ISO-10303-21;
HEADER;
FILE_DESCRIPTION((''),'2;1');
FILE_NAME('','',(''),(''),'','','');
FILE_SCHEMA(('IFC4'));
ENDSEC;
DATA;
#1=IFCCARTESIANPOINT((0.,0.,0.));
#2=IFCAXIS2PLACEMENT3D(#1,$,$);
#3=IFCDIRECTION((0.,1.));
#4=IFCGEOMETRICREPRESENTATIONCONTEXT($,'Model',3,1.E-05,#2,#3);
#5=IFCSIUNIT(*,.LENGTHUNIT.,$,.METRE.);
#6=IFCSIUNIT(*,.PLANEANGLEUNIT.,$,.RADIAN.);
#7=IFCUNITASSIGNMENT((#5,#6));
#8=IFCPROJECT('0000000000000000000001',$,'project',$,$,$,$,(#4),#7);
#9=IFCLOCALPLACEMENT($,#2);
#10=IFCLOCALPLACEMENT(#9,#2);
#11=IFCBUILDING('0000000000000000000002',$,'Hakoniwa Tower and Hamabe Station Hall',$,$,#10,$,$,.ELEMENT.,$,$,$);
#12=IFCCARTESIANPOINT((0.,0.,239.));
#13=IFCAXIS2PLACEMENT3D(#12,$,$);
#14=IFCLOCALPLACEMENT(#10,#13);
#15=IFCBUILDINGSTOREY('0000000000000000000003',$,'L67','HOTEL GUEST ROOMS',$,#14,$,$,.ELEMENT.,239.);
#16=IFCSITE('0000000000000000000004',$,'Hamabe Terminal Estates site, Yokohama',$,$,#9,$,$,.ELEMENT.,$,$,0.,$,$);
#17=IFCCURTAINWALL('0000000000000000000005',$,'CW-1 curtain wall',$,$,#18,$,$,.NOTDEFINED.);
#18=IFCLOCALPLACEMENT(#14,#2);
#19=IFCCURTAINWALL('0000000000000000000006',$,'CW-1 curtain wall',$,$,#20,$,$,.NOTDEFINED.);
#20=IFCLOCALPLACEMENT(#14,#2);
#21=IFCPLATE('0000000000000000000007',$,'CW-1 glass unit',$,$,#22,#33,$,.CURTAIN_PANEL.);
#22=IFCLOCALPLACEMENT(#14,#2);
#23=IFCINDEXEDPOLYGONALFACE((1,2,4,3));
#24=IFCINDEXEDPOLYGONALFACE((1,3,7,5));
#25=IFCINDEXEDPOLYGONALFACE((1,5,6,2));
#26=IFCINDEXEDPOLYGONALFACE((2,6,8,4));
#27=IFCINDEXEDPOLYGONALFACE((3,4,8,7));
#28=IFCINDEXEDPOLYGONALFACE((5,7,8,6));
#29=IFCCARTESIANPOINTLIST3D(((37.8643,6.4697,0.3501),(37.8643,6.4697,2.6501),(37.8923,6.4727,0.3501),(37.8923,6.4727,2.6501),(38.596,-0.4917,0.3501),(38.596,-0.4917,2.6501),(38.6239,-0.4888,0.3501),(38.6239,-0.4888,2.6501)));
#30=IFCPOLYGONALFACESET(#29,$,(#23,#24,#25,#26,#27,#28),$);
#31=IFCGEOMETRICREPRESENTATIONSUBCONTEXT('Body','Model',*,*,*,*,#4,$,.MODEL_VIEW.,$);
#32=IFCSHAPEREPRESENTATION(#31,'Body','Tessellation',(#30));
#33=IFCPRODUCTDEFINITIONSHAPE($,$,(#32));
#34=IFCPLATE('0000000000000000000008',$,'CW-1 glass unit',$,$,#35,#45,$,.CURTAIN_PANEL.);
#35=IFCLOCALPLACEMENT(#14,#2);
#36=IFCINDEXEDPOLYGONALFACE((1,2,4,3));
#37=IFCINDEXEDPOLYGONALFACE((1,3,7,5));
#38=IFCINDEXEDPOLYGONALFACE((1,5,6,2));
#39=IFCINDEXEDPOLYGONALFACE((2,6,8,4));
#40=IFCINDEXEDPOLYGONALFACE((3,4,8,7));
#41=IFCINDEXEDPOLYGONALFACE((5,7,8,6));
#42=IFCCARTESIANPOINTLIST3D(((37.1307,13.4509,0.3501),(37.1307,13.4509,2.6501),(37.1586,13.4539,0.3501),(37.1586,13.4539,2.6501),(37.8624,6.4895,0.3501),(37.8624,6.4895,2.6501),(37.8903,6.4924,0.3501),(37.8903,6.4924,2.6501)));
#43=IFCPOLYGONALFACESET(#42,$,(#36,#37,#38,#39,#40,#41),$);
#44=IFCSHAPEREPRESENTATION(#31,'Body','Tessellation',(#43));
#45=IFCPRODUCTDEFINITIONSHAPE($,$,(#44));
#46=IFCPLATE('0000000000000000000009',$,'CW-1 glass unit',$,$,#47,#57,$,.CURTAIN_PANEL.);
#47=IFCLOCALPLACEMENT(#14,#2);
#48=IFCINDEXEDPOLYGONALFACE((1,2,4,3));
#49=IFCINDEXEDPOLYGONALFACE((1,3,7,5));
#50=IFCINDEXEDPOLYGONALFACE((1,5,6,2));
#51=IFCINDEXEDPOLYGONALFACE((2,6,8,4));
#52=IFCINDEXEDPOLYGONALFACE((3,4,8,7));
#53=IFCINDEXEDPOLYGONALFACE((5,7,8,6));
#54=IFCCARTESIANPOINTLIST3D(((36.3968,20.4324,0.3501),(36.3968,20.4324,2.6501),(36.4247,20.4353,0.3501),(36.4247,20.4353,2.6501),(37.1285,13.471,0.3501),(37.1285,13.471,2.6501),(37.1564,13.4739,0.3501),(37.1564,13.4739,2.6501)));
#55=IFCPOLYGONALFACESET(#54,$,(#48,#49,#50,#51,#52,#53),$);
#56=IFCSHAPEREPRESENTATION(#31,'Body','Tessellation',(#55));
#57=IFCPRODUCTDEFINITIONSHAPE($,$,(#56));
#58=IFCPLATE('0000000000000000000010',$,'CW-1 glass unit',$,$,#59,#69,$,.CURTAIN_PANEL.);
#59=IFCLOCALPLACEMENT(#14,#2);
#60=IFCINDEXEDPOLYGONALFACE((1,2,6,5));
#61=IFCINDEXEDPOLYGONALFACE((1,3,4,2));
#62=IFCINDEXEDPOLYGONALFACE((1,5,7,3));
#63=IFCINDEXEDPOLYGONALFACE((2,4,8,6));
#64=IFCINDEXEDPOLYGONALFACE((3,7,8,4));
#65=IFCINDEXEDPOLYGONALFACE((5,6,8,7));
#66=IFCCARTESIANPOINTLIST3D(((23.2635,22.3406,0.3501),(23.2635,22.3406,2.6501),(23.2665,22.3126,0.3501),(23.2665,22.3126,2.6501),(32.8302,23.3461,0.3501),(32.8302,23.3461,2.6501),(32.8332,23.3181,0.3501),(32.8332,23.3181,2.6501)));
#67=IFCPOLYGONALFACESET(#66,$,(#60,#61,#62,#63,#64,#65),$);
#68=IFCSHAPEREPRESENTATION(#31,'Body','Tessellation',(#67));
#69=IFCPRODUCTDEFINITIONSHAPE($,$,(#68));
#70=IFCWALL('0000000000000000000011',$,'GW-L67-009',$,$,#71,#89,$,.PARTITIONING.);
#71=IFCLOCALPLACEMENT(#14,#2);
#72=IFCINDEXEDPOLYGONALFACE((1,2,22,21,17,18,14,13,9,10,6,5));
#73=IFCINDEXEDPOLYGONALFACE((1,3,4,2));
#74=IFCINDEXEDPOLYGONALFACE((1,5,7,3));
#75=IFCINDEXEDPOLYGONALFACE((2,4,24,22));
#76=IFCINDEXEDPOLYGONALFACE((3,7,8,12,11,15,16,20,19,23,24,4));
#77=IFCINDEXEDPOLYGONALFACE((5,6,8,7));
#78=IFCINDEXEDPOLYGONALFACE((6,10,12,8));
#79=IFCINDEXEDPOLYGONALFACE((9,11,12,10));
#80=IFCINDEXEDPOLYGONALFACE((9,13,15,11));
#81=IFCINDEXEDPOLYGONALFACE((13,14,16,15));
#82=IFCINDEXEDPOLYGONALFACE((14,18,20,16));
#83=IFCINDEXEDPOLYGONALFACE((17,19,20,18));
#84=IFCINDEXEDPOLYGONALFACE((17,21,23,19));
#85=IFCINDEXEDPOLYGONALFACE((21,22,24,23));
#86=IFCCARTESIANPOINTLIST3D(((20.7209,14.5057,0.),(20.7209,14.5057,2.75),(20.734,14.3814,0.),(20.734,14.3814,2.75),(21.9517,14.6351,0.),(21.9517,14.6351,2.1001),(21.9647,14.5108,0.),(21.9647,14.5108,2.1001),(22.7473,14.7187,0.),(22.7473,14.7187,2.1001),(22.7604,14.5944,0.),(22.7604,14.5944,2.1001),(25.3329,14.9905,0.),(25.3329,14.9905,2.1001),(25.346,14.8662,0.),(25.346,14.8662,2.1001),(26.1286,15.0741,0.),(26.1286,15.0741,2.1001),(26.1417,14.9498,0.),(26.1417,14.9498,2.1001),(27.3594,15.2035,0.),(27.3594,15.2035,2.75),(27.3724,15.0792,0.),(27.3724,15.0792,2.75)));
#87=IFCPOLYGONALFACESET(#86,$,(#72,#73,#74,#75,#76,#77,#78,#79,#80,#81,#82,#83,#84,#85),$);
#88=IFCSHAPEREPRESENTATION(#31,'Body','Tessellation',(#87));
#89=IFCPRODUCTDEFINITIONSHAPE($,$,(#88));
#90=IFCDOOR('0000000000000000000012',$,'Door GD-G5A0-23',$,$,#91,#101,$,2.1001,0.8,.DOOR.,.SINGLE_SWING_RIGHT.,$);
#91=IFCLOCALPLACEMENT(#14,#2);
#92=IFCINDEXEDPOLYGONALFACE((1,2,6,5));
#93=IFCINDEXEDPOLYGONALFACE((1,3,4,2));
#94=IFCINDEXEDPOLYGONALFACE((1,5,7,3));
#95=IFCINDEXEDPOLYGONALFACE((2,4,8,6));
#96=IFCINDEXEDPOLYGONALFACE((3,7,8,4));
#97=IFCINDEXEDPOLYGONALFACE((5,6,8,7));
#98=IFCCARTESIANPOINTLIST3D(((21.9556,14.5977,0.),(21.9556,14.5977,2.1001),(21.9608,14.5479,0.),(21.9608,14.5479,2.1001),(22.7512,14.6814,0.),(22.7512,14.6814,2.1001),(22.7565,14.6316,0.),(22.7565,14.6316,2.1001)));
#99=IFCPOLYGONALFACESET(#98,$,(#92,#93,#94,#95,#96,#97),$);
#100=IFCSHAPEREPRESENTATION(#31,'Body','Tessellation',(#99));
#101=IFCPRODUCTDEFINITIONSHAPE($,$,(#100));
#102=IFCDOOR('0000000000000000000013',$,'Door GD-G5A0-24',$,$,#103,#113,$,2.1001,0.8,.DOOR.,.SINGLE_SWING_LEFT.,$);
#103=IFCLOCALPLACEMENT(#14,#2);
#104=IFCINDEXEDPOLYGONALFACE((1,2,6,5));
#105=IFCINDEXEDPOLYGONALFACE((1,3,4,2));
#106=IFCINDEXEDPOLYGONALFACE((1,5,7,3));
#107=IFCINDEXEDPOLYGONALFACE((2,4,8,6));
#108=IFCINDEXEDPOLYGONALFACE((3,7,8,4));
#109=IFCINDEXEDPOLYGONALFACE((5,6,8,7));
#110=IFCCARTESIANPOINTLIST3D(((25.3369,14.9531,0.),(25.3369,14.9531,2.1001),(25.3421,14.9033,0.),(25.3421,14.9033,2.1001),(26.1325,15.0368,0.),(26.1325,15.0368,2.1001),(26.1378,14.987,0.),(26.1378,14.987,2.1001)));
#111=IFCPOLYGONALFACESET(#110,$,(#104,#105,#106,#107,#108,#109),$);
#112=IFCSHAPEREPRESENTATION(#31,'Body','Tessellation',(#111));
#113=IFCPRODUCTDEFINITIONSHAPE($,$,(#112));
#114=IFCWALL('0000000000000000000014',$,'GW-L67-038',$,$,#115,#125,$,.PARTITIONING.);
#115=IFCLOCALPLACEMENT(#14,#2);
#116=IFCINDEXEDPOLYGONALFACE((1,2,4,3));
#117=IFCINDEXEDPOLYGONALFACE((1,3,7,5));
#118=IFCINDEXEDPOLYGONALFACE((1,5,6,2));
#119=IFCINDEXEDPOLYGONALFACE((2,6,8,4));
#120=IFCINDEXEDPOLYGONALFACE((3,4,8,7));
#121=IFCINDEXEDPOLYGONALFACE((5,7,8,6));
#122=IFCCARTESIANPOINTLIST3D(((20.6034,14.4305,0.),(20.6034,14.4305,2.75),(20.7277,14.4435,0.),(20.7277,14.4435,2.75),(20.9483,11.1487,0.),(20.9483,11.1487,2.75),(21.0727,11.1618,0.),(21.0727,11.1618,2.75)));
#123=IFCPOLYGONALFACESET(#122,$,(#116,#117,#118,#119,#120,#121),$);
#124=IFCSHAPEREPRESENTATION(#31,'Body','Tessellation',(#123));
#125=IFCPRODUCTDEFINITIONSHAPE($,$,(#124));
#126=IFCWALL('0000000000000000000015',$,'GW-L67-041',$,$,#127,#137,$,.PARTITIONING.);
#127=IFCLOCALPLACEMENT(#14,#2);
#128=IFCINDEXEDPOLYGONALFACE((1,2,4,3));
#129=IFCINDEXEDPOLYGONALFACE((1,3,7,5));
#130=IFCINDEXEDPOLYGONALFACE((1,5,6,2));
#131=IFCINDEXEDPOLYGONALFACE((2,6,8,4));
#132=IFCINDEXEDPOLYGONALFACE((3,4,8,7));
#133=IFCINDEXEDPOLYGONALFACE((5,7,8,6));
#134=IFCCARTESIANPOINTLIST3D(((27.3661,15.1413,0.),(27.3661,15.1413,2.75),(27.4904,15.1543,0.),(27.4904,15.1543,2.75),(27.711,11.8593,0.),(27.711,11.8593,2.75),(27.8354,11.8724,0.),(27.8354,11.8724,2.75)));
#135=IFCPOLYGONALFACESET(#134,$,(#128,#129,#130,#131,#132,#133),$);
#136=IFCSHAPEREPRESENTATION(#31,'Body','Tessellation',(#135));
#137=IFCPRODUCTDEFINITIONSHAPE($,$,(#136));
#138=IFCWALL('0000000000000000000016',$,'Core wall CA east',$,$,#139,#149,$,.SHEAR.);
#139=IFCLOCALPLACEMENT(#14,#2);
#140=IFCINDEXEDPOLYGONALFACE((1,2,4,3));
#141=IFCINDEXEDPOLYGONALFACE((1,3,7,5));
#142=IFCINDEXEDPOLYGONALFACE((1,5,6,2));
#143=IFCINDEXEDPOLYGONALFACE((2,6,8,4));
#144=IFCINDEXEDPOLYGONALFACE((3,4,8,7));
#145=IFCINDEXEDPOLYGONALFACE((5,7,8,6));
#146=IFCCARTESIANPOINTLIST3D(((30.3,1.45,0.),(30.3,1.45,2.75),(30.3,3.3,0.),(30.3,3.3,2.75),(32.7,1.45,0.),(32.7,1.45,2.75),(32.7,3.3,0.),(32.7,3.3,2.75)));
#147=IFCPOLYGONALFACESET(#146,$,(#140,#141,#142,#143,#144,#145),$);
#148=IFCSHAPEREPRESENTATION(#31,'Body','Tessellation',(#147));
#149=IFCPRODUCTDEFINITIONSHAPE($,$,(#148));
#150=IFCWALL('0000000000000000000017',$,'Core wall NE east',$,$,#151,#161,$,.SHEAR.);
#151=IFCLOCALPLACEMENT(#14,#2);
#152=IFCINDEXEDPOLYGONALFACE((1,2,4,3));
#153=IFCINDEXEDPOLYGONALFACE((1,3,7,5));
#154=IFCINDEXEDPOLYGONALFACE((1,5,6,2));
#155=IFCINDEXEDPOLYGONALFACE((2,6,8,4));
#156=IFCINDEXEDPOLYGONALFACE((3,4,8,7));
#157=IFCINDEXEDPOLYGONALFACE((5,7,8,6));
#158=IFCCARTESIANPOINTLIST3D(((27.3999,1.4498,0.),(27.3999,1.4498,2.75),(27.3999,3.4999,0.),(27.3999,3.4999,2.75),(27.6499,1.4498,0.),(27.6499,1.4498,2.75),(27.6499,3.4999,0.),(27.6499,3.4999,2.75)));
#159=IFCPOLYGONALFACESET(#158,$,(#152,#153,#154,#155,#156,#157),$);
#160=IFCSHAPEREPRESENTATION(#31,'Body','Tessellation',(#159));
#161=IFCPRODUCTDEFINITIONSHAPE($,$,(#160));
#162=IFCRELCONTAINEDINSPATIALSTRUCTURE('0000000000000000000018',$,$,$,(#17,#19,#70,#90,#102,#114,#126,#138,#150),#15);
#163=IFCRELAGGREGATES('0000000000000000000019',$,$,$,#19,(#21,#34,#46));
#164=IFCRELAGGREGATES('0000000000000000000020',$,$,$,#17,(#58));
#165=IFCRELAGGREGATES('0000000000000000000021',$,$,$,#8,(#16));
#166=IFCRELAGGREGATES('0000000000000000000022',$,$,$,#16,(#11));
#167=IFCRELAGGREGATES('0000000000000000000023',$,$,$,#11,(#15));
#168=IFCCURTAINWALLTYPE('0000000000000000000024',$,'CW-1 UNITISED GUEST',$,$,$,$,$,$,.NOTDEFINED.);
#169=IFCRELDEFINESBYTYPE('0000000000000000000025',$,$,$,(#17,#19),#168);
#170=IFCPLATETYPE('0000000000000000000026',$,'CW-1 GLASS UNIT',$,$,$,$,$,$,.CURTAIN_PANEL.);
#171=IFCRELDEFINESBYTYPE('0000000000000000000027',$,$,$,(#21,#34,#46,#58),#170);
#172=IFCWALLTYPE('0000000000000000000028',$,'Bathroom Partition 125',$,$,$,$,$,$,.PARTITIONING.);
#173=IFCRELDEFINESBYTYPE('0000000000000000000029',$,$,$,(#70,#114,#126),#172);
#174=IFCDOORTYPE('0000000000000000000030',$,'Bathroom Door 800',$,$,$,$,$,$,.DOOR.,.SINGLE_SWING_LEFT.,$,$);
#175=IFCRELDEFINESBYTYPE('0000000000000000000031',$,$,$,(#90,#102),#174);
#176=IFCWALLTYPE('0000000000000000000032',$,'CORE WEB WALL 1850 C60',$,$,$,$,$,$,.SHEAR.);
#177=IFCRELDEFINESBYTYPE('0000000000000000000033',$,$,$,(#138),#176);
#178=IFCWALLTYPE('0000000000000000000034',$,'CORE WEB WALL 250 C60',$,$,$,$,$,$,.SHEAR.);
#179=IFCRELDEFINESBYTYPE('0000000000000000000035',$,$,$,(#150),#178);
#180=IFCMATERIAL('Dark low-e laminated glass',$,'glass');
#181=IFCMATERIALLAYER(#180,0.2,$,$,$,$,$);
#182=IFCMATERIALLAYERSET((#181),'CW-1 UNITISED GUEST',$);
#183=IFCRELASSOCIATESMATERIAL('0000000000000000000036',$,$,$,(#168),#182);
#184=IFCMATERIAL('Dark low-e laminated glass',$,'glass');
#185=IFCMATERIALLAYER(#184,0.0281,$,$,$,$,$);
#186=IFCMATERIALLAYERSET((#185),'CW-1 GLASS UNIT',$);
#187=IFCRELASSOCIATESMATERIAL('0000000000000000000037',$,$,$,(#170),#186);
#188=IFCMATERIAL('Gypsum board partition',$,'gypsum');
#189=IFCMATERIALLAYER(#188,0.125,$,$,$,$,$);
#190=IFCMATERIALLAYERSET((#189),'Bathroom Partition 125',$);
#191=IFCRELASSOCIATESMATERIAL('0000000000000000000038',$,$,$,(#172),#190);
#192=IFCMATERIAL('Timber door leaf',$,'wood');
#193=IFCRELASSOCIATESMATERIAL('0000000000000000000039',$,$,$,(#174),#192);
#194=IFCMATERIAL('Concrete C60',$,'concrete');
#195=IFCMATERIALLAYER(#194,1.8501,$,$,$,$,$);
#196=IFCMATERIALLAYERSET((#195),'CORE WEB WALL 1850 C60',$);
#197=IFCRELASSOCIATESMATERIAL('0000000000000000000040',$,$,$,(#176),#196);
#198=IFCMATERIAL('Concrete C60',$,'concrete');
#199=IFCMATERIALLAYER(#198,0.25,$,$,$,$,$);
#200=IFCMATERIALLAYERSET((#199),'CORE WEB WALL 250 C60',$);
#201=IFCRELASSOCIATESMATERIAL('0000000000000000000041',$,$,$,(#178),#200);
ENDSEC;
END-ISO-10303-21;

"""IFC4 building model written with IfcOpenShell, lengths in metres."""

from ifc_helpers import new_model, si_unit, direction, frame, frame_2d, origin, origin_2d, place, context, subcontext, project, spatial, rectangle, extrude, material, layer, layer_set, type_object, element, fill, aggregate, save


model = new_model("IFC4")

# Units and contexts
model_context = context("Model", 3, precision=1e-05, world=origin(), true_north=direction((0.0, 1.0)))
body_context = subcontext(model_context, "Body", "Model", "MODEL_VIEW")
ifc_project = project(units=[si_unit("LENGTHUNIT", "METRE"), si_unit("PLANEANGLEUNIT", "RADIAN")], contexts=[model_context])

# Site, building, storey
site_placement = place(None, origin())
site = spatial("IfcSite", under=ifc_project, at=site_placement, Name="Hamabe Terminal Estates site, Yokohama", CompositionType="ELEMENT", RefElevation=0.0)
building_placement = place(site_placement, origin())
building = spatial("IfcBuilding", under=site, at=building_placement, Name="Hakoniwa Tower and Hamabe Station Hall", CompositionType="ELEMENT")
storey_placement = place(building_placement, frame((0.0, 0.0, 239.0)))
storey = spatial("IfcBuildingStorey", under=building, at=storey_placement, Name="L67", Description="HOTEL GUEST ROOMS", CompositionType="ELEMENT", Elevation=239.0)

# Curtain wall
ifc_material_1 = material(Name="Dark low-e laminated glass", Category="glass")
ifc_layer_1 = layer(ifc_material_1, 0.2)
ifc_layer_set_1 = layer_set([ifc_layer_1], Name="CW-1 UNITISED GUEST")
curtain_wall_type = type_object("IfcCurtainWallType", Name="CW-1 UNITISED GUEST", PredefinedType="NOTDEFINED", material=ifc_layer_set_1)
curtain_wall_1_placement = place(storey_placement, origin())
curtain_wall_1 = element("IfcCurtainWall", 1, at=curtain_wall_1_placement, inside=storey, type_object=curtain_wall_type, Name="CW-1 curtain wall", PredefinedType="NOTDEFINED")

# Curtain wall
curtain_wall_2_placement = place(storey_placement, origin())
curtain_wall_2 = element("IfcCurtainWall", 2, at=curtain_wall_2_placement, inside=storey, type_object=curtain_wall_type, Name="CW-1 curtain wall", PredefinedType="NOTDEFINED")

# Plates
ifc_material_2 = material(Name="Dark low-e laminated glass", Category="glass")
ifc_layer_2 = layer(ifc_material_2, 0.0281)
ifc_layer_set_2 = layer_set([ifc_layer_2], Name="CW-1 GLASS UNIT")
plate_type = type_object("IfcPlateType", Name="CW-1 GLASS UNIT", PredefinedType="CURTAIN_PANEL", material=ifc_layer_set_2)
plate_1_placement = place(storey_placement, frame((38.2441, 2.9905, 0.3501), z_axis=(0.0, 0.0, 1.0), x_axis=(-0.104528, 0.994522, 0.0)))
plate_1 = element("IfcPlate", 3, at=plate_1_placement, type_object=plate_type, Name="CW-1 glass unit", PredefinedType="CURTAIN_PANEL", context=body_context, shape_type="SweptSolid", body=[
    extrude(rectangle(XDim=6.9998, YDim=0.0281, at=origin_2d()), origin(), (0.0, 0.0, 1.0), 2.3),
])
plate_2_placement = place(storey_placement, frame((37.5105, 9.9717, 0.3501), z_axis=(0.0, 0.0, 1.0), x_axis=(-0.104528, 0.994522, 0.0)))
plate_2 = element("IfcPlate", 4, at=plate_2_placement, type_object=plate_type, Name="CW-1 glass unit", PredefinedType="CURTAIN_PANEL", context=body_context, shape_type="SweptSolid", body=[
    extrude(rectangle(XDim=6.9998, YDim=0.0281, at=origin_2d()), origin(), (0.0, 0.0, 1.0), 2.3),
])
plate_3_placement = place(storey_placement, frame((36.7766, 16.9531, 0.3501), z_axis=(0.0, 0.0, 1.0), x_axis=(-0.104528, 0.994522, 0.0)))
plate_3 = element("IfcPlate", 5, at=plate_3_placement, type_object=plate_type, Name="CW-1 glass unit", PredefinedType="CURTAIN_PANEL", context=body_context, shape_type="SweptSolid", body=[
    extrude(rectangle(XDim=6.9998, YDim=0.0281, at=origin_2d()), origin(), (0.0, 0.0, 1.0), 2.3),
])
aggregate(curtain_wall_2, [plate_1, plate_2, plate_3])
plate_4_placement = place(storey_placement, frame((28.0483, 22.8293, 0.3501), z_axis=(0.0, 0.0, 1.0), x_axis=(-0.994522, -0.104528, 0.0)))
plate_4 = element("IfcPlate", 6, at=plate_4_placement, type_object=plate_type, Name="CW-1 glass unit", PredefinedType="CURTAIN_PANEL", context=body_context, shape_type="SweptSolid", body=[
    extrude(rectangle(XDim=9.6194, YDim=0.0281, at=origin_2d()), origin(), (0.0, 0.0, 1.0), 2.3),
])
aggregate(curtain_wall_1, [plate_4])

# Wall, openings, doors
ifc_material_3 = material(Name="Gypsum board partition", Category="gypsum")
ifc_layer_3 = layer(ifc_material_3, 0.125)
ifc_layer_set_3 = layer_set([ifc_layer_3], Name="Bathroom Partition 125")
wall_type_1 = type_object("IfcWallType", Name="Bathroom Partition 125", PredefinedType="PARTITIONING", material=ifc_layer_set_3)
wall_1_placement = place(storey_placement, frame((20.7275, 14.4436, 0.0), z_axis=(0.0, 0.0, 1.0), x_axis=(0.994521, 0.104532, 0.0)))
wall_1 = element("IfcWall", 7, at=wall_1_placement, inside=storey, type_object=wall_type_1, Name="GW-L67-009", PredefinedType="PARTITIONING", context=body_context, shape_type="SweptSolid", body=[
    extrude(rectangle(XDim=6.675, YDim=0.125, at=frame_2d((3.3374, 0.0))), origin(), (0.0, 0.0, 1.0), 2.75),
])
opening_1_placement = place(wall_1_placement, frame((1.2375, 0.0, 0.0)))
opening_1 = element("IfcOpeningElement", 8, at=opening_1_placement, cuts=wall_1, PredefinedType="OPENING", context=body_context, shape_type="SweptSolid", body=[
    extrude(rectangle(XDim=0.8, YDim=2.1001, at=frame_2d((0.3999, 1.05))), frame((0.0, 0.0725, 0.0), z_axis=(0.0, -1.0, 0.0), x_axis=(1.0, 0.0, 0.0)), (0.0, 0.0, 1.0), 0.145),
])
opening_2_placement = place(wall_1_placement, frame((4.6375, 0.0, 0.0)))
opening_2 = element("IfcOpeningElement", 9, at=opening_2_placement, cuts=wall_1, PredefinedType="OPENING", context=body_context, shape_type="SweptSolid", body=[
    extrude(rectangle(XDim=0.8, YDim=2.1001, at=frame_2d((0.3999, 1.05))), frame((0.0, 0.0725, 0.0), z_axis=(0.0, -1.0, 0.0), x_axis=(1.0, 0.0, 0.0)), (0.0, 0.0, 1.0), 0.145),
])
ifc_material_4 = material(Name="Timber door leaf", Category="wood")
door_type_1 = type_object("IfcDoorType", Name="Bathroom Door 800", OperationType="SINGLE_SWING_LEFT", PredefinedType="DOOR", material=ifc_material_4)
door_1_placement = place(opening_1_placement, origin())
door_1 = element("IfcDoor", 10, at=door_1_placement, inside=storey, type_object=door_type_1, Name="Door GD-G5A0-23", OperationType="SINGLE_SWING_RIGHT", OverallHeight=2.1001, OverallWidth=0.8, PredefinedType="DOOR", context=body_context, shape_type="SweptSolid", body=[
    extrude(rectangle(XDim=0.8, YDim=2.1001, at=frame_2d((0.3999, 1.05))), frame((0.0, 0.0249, 0.0), z_axis=(0.0, -1.0, 0.0), x_axis=(1.0, 0.0, 0.0)), (0.0, 0.0, 1.0), 0.05),
])
fill(opening_1, door_1)
door_2_placement = place(opening_2_placement, origin())
door_2 = element("IfcDoor", 11, at=door_2_placement, inside=storey, type_object=door_type_1, Name="Door GD-G5A0-24", OperationType="SINGLE_SWING_LEFT", OverallHeight=2.1001, OverallWidth=0.8, PredefinedType="DOOR", context=body_context, shape_type="SweptSolid", body=[
    extrude(rectangle(XDim=0.8, YDim=2.1001, at=frame_2d((0.3999, 1.05))), frame((0.0, 0.0249, 0.0), z_axis=(0.0, -1.0, 0.0), x_axis=(1.0, 0.0, 0.0)), (0.0, 0.0, 1.0), 0.05),
])
fill(opening_2, door_2)

# Walls
wall_2_placement = place(storey_placement, frame((21.0105, 11.1553, 0.0), z_axis=(0.0, 0.0, 1.0), x_axis=(-0.104542, 0.99452, 0.0)))
element("IfcWall", 12, at=wall_2_placement, inside=storey, type_object=wall_type_1, Name="GW-L67-038", PredefinedType="PARTITIONING", context=body_context, shape_type="SweptSolid", body=[
    extrude(rectangle(XDim=3.2998, YDim=0.125, at=frame_2d((1.6499, 0.0))), origin(), (0.0, 0.0, 1.0), 2.75),
])
wall_3_placement = place(storey_placement, frame((27.7732, 11.866, 0.0), z_axis=(0.0, 0.0, 1.0), x_axis=(-0.104535, 0.994521, 0.0)))
element("IfcWall", 13, at=wall_3_placement, inside=storey, type_object=wall_type_1, Name="GW-L67-041", PredefinedType="PARTITIONING", context=body_context, shape_type="SweptSolid", body=[
    extrude(rectangle(XDim=3.3, YDim=0.125, at=frame_2d((1.6499, 0.0))), origin(), (0.0, 0.0, 1.0), 2.75),
])
ifc_material_5 = material(Name="Concrete C60", Category="concrete")
ifc_layer_4 = layer(ifc_material_5, 1.8501)
ifc_layer_set_4 = layer_set([ifc_layer_4], Name="CORE WEB WALL 1850 C60")
wall_type_2 = type_object("IfcWallType", Name="CORE WEB WALL 1850 C60", PredefinedType="SHEAR", material=ifc_layer_set_4)
wall_4_placement = place(storey_placement, frame((30.3, 2.375, 0.0), z_axis=(0.0, 0.0, 1.0), x_axis=(1.0, 0.0, 0.0)))
element("IfcWall", 14, at=wall_4_placement, inside=storey, type_object=wall_type_2, Name="Core wall CA east", PredefinedType="SHEAR", context=body_context, shape_type="SweptSolid", body=[
    extrude(rectangle(XDim=2.3999, YDim=1.8501, at=frame_2d((1.2, 0.0))), origin(), (0.0, 0.0, 1.0), 2.75),
])
ifc_material_6 = material(Name="Concrete C60", Category="concrete")
ifc_layer_5 = layer(ifc_material_6, 0.25)
ifc_layer_set_5 = layer_set([ifc_layer_5], Name="CORE WEB WALL 250 C60")
wall_type_3 = type_object("IfcWallType", Name="CORE WEB WALL 250 C60", PredefinedType="SHEAR", material=ifc_layer_set_5)
wall_5_placement = place(storey_placement, frame((27.5249, 1.45, 0.0), z_axis=(0.0, 0.0, 1.0), x_axis=(0.0, 1.0, 0.0)))
element("IfcWall", 15, at=wall_5_placement, inside=storey, type_object=wall_type_3, Name="Core wall NE east", PredefinedType="SHEAR", context=body_context, shape_type="SweptSolid", body=[
    extrude(rectangle(XDim=2.05, YDim=0.25, at=frame_2d((1.0249, 0.0))), origin(), (0.0, 0.0, 1.0), 2.75),
])

save(model, "model.ifc")
